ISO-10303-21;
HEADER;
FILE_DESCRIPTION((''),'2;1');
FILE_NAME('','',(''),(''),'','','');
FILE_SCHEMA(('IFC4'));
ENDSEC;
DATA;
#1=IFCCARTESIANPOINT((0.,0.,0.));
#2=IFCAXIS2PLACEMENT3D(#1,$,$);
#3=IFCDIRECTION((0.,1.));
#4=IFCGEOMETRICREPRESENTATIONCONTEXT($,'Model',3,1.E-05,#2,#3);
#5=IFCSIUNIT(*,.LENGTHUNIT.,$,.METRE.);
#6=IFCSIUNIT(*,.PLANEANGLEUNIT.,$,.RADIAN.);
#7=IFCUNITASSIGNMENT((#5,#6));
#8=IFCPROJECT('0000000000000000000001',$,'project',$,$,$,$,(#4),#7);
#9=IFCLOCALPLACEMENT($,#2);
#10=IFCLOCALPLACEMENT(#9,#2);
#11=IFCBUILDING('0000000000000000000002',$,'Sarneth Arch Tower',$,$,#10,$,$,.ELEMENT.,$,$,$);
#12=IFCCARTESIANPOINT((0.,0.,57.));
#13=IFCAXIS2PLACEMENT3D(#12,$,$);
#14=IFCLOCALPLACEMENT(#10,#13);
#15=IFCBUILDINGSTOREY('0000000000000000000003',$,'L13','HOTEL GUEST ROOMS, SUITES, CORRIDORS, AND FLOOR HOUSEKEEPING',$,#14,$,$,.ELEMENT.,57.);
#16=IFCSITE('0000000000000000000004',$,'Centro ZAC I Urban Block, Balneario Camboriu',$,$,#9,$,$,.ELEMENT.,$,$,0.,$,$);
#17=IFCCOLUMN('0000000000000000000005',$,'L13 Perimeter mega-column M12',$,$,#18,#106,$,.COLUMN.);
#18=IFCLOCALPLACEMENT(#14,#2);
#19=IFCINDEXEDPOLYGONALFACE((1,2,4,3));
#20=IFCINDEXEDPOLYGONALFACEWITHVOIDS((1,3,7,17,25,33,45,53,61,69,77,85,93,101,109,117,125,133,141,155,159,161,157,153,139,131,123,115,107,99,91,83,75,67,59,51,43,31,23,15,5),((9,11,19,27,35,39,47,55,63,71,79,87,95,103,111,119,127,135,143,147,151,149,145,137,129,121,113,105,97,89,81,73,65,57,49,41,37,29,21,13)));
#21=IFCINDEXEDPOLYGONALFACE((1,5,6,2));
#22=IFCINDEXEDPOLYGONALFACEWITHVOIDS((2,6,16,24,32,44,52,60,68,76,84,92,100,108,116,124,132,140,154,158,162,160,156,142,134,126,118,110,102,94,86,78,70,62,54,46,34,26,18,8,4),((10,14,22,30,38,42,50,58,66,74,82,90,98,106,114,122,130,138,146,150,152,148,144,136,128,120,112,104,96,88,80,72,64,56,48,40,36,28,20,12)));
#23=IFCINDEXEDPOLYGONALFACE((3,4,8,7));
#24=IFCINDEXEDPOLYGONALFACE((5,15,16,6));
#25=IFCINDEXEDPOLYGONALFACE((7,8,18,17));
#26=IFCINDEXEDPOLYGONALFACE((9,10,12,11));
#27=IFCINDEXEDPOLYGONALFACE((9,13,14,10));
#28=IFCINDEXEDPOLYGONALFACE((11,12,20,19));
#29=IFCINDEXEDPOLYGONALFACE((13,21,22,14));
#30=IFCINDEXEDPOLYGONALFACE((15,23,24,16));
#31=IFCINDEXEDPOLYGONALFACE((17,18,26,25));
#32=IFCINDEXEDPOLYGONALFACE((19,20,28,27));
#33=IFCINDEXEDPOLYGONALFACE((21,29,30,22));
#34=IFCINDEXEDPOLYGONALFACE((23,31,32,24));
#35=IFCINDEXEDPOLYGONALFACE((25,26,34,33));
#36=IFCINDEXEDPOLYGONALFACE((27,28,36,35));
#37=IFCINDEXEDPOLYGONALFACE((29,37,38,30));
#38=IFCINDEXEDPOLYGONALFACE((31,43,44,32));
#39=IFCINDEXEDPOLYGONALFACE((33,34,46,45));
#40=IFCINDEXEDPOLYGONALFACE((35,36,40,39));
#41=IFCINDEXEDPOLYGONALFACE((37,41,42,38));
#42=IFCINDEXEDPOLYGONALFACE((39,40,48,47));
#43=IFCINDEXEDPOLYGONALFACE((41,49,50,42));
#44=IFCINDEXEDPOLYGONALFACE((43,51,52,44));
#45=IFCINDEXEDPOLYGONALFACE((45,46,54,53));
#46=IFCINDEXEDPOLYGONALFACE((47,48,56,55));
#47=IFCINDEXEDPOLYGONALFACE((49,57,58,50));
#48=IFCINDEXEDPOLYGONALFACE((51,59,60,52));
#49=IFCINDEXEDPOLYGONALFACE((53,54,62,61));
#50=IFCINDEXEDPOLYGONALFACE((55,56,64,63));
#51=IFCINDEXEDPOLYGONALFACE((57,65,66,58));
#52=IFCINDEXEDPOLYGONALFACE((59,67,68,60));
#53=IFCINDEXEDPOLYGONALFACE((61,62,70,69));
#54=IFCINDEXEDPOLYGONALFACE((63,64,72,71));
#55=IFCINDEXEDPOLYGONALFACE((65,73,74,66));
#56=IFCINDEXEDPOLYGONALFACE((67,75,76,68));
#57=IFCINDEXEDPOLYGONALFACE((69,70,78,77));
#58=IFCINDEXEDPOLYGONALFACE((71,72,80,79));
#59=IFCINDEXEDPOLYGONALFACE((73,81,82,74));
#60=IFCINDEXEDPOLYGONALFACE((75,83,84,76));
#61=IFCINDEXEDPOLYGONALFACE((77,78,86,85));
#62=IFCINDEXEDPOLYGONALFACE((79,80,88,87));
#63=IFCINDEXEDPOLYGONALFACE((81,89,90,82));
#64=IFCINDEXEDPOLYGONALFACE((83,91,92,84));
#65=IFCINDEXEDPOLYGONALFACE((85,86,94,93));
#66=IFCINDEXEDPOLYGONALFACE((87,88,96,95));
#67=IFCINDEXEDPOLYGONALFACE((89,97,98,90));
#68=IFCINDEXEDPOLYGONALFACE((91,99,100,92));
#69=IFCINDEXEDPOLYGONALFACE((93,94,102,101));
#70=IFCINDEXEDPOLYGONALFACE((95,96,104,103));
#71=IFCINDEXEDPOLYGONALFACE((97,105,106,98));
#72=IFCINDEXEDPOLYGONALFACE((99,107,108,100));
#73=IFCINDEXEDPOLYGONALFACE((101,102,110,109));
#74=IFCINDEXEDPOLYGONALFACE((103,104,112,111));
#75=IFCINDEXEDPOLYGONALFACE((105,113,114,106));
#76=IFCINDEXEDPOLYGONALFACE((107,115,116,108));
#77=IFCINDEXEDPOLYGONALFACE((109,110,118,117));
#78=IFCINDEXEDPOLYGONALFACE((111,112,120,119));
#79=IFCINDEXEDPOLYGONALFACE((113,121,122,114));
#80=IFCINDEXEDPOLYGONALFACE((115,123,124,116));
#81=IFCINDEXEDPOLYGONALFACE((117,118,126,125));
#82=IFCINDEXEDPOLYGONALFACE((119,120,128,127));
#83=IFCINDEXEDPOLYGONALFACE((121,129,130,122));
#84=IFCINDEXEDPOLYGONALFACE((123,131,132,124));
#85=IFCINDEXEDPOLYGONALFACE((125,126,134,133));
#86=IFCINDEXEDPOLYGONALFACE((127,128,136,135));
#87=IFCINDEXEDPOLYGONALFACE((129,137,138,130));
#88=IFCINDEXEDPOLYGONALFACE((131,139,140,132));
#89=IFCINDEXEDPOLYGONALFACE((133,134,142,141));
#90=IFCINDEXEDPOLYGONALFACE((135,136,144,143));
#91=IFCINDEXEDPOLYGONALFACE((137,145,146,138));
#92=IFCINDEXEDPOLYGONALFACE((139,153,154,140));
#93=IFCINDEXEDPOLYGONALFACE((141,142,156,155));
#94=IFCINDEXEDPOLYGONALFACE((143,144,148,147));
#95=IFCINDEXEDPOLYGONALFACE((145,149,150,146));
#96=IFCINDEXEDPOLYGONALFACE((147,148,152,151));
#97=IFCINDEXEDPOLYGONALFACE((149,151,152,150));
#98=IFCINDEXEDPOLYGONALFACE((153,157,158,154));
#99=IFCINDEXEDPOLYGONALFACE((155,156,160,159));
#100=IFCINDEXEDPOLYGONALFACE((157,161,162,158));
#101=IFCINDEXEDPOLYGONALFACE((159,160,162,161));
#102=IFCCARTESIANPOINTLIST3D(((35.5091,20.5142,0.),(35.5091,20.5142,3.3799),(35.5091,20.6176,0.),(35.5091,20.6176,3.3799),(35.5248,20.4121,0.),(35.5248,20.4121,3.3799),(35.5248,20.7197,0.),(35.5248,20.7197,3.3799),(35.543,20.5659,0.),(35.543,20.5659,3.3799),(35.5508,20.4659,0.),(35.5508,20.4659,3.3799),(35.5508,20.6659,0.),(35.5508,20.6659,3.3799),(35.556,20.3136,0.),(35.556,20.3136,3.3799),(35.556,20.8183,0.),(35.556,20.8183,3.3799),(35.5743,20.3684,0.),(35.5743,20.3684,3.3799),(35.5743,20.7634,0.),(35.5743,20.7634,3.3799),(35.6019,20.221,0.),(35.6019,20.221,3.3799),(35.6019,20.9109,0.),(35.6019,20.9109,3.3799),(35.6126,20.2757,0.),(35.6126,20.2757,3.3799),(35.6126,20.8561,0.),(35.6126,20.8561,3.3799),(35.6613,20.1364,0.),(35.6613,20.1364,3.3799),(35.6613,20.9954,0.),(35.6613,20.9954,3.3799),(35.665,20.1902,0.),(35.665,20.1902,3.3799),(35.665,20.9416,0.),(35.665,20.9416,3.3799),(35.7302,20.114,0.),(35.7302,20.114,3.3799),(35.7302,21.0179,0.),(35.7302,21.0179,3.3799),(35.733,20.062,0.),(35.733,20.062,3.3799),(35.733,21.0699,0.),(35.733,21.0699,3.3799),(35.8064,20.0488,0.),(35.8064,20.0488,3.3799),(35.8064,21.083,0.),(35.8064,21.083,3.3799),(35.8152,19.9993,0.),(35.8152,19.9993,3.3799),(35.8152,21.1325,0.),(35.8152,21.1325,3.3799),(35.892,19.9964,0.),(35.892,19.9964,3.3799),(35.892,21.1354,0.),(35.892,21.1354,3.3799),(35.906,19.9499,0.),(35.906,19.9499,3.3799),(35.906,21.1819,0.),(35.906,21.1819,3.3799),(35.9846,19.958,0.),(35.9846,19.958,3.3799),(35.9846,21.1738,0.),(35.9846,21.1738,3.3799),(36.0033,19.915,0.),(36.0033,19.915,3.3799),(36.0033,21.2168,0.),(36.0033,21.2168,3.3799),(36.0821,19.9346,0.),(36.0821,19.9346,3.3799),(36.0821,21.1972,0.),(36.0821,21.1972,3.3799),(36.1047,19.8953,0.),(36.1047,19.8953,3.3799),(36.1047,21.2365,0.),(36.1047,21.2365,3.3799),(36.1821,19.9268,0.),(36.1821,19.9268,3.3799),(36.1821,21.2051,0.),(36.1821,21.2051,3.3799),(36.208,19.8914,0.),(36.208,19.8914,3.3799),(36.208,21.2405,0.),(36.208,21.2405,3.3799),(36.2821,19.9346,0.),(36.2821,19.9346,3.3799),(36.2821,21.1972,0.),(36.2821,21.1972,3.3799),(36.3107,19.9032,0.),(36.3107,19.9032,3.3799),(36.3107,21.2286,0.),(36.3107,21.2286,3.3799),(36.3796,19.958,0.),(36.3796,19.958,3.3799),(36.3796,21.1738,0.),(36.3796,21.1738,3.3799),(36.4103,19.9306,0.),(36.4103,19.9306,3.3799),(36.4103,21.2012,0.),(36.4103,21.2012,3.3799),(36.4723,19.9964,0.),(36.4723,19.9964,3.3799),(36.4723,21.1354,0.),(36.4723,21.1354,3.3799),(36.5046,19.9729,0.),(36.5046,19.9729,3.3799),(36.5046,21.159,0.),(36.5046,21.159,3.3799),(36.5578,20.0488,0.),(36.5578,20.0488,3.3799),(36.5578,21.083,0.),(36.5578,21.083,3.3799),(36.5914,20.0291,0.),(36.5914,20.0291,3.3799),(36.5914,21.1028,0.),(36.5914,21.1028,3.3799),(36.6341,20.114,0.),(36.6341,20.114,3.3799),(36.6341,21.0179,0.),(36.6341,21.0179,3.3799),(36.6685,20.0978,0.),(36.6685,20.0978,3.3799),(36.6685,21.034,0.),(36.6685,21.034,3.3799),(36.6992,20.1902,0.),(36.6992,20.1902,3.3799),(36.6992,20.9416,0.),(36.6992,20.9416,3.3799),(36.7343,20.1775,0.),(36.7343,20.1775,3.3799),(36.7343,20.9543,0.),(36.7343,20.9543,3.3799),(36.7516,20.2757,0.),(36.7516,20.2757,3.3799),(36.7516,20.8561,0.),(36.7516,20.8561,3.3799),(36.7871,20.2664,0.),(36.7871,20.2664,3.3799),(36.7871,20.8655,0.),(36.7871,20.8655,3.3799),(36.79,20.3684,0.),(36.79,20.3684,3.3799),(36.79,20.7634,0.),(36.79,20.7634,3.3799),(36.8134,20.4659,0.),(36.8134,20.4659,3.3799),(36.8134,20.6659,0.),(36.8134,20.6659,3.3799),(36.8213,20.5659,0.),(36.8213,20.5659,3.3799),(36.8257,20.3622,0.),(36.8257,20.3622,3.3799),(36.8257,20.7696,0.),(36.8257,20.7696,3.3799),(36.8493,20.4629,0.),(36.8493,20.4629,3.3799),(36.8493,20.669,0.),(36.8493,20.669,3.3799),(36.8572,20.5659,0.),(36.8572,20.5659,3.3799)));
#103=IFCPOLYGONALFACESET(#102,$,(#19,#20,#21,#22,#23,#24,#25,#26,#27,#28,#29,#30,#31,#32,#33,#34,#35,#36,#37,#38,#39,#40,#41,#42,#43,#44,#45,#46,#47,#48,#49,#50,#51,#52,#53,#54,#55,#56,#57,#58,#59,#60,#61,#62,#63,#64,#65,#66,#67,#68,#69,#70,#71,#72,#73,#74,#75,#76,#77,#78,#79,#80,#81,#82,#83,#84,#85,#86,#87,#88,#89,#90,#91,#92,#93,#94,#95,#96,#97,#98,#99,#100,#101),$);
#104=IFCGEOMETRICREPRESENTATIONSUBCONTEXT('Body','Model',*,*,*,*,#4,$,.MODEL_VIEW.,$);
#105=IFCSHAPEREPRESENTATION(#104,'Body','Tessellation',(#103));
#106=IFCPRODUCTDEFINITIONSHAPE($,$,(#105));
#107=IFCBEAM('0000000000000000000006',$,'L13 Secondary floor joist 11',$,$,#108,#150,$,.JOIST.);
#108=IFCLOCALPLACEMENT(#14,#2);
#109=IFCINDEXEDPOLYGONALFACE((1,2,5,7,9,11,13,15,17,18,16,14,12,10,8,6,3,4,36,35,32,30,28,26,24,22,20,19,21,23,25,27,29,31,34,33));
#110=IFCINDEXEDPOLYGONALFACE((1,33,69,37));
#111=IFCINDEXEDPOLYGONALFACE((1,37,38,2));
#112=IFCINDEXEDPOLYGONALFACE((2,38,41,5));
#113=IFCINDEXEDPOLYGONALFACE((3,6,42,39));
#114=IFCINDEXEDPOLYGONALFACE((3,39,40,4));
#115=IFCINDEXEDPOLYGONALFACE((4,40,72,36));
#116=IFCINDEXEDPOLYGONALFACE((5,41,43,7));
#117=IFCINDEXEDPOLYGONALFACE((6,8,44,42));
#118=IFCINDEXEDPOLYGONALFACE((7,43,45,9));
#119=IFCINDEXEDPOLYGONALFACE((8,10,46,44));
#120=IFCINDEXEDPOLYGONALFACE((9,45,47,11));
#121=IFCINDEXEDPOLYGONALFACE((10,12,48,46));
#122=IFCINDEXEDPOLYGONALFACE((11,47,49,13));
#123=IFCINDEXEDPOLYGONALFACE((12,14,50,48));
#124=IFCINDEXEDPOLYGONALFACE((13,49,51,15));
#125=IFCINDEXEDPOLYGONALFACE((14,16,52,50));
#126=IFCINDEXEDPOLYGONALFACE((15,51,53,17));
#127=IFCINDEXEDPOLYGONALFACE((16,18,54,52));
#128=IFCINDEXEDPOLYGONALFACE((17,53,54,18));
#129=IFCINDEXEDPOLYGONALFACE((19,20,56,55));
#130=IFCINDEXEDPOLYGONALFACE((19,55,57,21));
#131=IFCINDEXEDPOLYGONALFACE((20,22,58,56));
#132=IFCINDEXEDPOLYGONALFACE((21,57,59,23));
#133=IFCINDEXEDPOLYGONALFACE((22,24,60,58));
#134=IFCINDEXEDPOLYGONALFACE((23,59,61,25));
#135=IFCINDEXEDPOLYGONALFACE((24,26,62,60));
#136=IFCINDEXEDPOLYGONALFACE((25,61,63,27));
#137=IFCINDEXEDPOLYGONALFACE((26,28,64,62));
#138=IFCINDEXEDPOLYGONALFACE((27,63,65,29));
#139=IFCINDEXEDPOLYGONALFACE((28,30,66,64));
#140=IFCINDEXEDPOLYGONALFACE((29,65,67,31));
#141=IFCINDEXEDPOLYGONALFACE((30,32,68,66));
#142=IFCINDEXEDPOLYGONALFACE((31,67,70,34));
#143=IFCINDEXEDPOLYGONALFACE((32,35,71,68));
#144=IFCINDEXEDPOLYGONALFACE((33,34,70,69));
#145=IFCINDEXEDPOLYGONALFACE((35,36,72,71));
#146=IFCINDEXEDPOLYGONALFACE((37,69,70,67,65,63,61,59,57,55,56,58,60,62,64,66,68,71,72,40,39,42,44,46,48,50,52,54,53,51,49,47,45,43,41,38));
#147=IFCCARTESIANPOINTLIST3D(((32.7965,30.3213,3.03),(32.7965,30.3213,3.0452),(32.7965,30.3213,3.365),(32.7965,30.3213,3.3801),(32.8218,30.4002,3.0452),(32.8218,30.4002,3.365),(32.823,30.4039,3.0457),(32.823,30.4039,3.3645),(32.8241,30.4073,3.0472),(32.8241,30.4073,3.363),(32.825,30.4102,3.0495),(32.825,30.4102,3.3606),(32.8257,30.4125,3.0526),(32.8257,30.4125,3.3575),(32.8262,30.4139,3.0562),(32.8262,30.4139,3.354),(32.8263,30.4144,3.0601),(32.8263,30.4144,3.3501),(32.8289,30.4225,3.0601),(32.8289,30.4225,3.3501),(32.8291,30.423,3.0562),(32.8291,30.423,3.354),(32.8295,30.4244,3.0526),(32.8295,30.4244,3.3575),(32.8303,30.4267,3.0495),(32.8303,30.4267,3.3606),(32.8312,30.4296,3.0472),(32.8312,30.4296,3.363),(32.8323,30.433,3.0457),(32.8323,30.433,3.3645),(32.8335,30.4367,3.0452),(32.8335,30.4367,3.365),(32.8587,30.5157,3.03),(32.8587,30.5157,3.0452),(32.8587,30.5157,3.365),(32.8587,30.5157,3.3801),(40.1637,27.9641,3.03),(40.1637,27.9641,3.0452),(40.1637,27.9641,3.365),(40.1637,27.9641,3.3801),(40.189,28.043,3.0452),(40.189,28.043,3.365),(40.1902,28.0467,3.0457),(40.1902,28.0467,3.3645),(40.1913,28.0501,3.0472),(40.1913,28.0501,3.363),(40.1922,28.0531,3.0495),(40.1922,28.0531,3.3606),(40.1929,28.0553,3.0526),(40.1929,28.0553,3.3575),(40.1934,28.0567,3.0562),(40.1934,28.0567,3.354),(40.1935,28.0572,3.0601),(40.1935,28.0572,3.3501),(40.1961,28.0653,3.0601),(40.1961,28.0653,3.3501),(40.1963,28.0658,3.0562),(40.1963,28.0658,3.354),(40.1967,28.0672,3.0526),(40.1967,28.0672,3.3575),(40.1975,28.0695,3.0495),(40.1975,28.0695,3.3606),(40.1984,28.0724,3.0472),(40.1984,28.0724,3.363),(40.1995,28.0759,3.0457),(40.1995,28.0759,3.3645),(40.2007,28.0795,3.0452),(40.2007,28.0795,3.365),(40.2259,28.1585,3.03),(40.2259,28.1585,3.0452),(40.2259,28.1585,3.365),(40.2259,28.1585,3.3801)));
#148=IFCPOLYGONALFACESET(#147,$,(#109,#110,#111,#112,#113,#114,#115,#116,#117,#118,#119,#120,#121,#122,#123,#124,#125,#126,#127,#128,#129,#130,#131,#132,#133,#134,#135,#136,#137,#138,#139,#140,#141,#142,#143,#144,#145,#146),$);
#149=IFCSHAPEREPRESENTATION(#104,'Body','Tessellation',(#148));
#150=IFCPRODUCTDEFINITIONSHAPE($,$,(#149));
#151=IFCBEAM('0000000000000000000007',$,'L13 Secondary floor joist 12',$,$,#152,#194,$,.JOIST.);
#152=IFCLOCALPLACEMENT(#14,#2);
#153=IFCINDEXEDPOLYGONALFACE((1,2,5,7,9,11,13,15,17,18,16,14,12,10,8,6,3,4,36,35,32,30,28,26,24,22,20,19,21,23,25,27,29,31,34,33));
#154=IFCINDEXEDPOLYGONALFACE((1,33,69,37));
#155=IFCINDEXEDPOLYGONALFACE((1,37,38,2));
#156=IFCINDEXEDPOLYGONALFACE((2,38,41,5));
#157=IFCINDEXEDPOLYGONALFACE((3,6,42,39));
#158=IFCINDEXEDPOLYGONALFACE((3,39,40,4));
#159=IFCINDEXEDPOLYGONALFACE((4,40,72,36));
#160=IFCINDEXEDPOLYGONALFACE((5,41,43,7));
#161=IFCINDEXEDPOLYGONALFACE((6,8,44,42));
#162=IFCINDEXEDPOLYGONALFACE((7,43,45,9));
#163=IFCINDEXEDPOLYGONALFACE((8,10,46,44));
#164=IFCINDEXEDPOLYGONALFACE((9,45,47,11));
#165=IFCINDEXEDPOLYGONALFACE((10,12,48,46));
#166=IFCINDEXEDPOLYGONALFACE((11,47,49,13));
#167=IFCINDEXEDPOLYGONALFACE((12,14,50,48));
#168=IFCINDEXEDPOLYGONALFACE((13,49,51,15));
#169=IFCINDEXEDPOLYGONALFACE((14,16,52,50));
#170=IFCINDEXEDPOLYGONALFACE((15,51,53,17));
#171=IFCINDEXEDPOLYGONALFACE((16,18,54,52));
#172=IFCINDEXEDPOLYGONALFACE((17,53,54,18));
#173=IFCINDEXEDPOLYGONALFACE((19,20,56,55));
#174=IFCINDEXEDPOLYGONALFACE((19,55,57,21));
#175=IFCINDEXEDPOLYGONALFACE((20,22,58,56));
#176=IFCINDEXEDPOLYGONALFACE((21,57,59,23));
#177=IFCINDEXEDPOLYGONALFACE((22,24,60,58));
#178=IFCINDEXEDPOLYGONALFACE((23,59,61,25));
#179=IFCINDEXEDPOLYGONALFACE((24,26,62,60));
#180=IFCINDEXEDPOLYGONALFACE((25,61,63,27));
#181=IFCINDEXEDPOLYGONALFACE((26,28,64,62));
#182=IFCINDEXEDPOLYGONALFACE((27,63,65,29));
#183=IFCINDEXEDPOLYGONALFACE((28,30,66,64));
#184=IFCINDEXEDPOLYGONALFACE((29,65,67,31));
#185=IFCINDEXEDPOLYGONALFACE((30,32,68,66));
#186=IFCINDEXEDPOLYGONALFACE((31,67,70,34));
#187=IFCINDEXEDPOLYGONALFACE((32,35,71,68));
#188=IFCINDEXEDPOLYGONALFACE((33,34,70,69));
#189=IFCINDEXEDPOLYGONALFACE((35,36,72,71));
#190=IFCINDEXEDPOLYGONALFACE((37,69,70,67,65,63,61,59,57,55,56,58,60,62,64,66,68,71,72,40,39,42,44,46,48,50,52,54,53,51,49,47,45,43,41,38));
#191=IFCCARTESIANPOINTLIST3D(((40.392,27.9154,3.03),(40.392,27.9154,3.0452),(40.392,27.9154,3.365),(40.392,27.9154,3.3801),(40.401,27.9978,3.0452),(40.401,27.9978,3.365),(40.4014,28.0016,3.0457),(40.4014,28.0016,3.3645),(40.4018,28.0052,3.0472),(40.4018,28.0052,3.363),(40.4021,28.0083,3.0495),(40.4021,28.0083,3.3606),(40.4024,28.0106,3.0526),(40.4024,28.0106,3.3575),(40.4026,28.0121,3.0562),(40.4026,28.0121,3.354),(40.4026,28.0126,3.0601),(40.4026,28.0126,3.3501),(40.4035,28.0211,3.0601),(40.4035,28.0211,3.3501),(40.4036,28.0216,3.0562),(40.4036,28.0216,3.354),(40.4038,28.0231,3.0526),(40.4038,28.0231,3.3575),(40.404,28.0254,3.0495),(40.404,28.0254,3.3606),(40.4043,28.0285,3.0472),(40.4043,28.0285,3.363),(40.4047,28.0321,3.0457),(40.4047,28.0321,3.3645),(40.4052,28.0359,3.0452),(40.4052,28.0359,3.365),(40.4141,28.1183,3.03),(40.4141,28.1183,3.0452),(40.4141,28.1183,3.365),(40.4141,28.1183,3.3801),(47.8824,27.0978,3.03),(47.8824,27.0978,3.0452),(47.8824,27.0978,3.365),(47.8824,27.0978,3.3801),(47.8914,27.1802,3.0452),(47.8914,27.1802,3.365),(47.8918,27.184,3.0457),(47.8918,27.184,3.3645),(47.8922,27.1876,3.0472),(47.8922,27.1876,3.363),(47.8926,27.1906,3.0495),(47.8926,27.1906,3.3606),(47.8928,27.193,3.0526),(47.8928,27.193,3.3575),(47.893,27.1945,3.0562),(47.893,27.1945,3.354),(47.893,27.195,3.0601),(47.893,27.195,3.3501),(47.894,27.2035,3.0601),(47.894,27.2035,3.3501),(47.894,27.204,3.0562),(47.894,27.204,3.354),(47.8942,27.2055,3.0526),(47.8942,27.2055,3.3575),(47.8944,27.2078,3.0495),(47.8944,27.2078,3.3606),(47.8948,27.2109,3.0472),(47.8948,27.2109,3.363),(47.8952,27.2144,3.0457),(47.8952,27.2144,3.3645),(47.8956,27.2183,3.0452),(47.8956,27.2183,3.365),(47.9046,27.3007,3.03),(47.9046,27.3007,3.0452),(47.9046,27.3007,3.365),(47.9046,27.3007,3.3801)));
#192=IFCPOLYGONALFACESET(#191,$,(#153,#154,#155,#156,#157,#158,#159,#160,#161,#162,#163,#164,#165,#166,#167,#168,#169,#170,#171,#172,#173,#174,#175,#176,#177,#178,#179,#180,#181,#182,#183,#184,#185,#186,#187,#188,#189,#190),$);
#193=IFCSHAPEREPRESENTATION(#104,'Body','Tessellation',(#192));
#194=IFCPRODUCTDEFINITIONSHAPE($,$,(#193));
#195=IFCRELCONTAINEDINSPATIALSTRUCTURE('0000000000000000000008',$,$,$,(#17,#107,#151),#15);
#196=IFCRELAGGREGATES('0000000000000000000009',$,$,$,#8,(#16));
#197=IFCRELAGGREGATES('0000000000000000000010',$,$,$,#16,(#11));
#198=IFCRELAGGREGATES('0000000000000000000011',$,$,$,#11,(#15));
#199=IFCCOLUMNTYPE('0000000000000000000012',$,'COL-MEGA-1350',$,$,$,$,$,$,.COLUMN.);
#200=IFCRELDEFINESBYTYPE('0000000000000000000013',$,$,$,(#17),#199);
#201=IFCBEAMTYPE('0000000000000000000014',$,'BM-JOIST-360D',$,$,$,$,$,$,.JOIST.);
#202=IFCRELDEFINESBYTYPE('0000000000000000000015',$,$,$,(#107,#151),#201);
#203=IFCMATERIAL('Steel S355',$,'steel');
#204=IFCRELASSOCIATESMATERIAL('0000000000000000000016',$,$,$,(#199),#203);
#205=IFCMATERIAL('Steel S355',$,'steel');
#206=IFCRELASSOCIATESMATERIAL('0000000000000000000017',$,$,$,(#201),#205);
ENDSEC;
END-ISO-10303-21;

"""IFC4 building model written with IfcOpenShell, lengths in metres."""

from ifc_helpers import new_model, si_unit, direction, frame, origin, origin_2d, place, context, subcontext, project, spatial, hollow_circle, i_section, extrude, material, material_profile, profile_set, type_object, element, save


model = new_model("IFC4")

# Units and contexts
model_context = context("Model", 3, precision=1e-05, world=origin(), true_north=direction((0.0, 1.0)))
body_context = subcontext(model_context, "Body", "Model", "MODEL_VIEW")
ifc_project = project(units=[si_unit("LENGTHUNIT", "METRE"), si_unit("PLANEANGLEUNIT", "RADIAN")], contexts=[model_context])

# Site, building, storey
site_placement = place(None, origin())
site = spatial("IfcSite", under=ifc_project, at=site_placement, Name="Centro ZAC I Urban Block, Balneario Camboriu", CompositionType="ELEMENT", RefElevation=0.0)
building_placement = place(site_placement, origin())
building = spatial("IfcBuilding", under=site, at=building_placement, Name="Sarneth Arch Tower", CompositionType="ELEMENT")
storey_placement = place(building_placement, frame((0.0, 0.0, 57.0)))
storey = spatial("IfcBuildingStorey", under=building, at=storey_placement, Name="L13", Description="HOTEL GUEST ROOMS, SUITES, CORRIDORS, AND FLOOR HOUSEKEEPING", CompositionType="ELEMENT", Elevation=57.0)

# Column
ifc_material_1 = material(Name="Steel S355", Category="steel")
ifc_material_profile_1 = material_profile(ifc_material_1, hollow_circle(Radius=0.675, WallThickness=0.0359, at=origin_2d()), Name="CHS1350x36")
ifc_profile_set_1 = profile_set([ifc_material_profile_1], Name="Steel S355")
column_type = type_object("IfcColumnType", Name="COL-MEGA-1350", PredefinedType="COLUMN", material=ifc_profile_set_1)
column_placement = place(storey_placement, frame((36.1821, 20.5659, 0.0), z_axis=(0.0, 0.0, 1.0), x_axis=(1.0, 0.0, 0.0)))
element("IfcColumn", 1, at=column_placement, inside=storey, type_object=column_type, Name="L13 Perimeter mega-column M12", PredefinedType="COLUMN", context=body_context, shape_type="SweptSolid", body=[
    extrude(hollow_circle(Radius=0.675, WallThickness=0.0359, at=origin_2d()), origin(), (0.0, 0.0, 1.0), 3.3799),
])

# Beams
ifc_material_2 = material(Name="Steel S355", Category="steel")
ifc_material_profile_2 = material_profile(ifc_material_2, i_section(OverallWidth=0.2041, OverallDepth=0.3501, WebThickness=0.0085, FlangeThickness=0.0151, FilletRadius=0.0149, at=origin_2d()), Name="W360x72")
ifc_profile_set_2 = profile_set([ifc_material_profile_2], Name="Steel S355")
beam_type_1 = type_object("IfcBeamType", Name="BM-JOIST-360D", PredefinedType="JOIST", material=ifc_profile_set_2)
beam_1_placement = place(storey_placement, frame((32.8276, 30.4185, 3.2051), z_axis=(0.952436, -0.304738, 0.0), x_axis=(0.304738, 0.952436, 0.0)))
element("IfcBeam", 2, at=beam_1_placement, inside=storey, type_object=beam_type_1, Name="L13 Secondary floor joist 11", PredefinedType="JOIST", context=body_context, shape_type="SweptSolid", body=[
    extrude(i_section(OverallWidth=0.2041, OverallDepth=0.3501, WebThickness=0.0085, FlangeThickness=0.0151, FilletRadius=0.0149, at=origin_2d()), origin(), (0.0, 0.0, 1.0), 7.7351),
])
beam_2_placement = place(storey_placement, frame((40.4031, 28.0168, 3.2051), z_axis=(0.994095, -0.108511, 0.0), x_axis=(0.108511, 0.994095, 0.0)))
element("IfcBeam", 3, at=beam_2_placement, inside=storey, type_object=beam_type_1, Name="L13 Secondary floor joist 12", PredefinedType="JOIST", context=body_context, shape_type="SweptSolid", body=[
    extrude(i_section(OverallWidth=0.2041, OverallDepth=0.3501, WebThickness=0.0085, FlangeThickness=0.0151, FilletRadius=0.0149, at=origin_2d()), origin(), (0.0, 0.0, 1.0), 7.5349),
])

save(model, "model.ifc")
